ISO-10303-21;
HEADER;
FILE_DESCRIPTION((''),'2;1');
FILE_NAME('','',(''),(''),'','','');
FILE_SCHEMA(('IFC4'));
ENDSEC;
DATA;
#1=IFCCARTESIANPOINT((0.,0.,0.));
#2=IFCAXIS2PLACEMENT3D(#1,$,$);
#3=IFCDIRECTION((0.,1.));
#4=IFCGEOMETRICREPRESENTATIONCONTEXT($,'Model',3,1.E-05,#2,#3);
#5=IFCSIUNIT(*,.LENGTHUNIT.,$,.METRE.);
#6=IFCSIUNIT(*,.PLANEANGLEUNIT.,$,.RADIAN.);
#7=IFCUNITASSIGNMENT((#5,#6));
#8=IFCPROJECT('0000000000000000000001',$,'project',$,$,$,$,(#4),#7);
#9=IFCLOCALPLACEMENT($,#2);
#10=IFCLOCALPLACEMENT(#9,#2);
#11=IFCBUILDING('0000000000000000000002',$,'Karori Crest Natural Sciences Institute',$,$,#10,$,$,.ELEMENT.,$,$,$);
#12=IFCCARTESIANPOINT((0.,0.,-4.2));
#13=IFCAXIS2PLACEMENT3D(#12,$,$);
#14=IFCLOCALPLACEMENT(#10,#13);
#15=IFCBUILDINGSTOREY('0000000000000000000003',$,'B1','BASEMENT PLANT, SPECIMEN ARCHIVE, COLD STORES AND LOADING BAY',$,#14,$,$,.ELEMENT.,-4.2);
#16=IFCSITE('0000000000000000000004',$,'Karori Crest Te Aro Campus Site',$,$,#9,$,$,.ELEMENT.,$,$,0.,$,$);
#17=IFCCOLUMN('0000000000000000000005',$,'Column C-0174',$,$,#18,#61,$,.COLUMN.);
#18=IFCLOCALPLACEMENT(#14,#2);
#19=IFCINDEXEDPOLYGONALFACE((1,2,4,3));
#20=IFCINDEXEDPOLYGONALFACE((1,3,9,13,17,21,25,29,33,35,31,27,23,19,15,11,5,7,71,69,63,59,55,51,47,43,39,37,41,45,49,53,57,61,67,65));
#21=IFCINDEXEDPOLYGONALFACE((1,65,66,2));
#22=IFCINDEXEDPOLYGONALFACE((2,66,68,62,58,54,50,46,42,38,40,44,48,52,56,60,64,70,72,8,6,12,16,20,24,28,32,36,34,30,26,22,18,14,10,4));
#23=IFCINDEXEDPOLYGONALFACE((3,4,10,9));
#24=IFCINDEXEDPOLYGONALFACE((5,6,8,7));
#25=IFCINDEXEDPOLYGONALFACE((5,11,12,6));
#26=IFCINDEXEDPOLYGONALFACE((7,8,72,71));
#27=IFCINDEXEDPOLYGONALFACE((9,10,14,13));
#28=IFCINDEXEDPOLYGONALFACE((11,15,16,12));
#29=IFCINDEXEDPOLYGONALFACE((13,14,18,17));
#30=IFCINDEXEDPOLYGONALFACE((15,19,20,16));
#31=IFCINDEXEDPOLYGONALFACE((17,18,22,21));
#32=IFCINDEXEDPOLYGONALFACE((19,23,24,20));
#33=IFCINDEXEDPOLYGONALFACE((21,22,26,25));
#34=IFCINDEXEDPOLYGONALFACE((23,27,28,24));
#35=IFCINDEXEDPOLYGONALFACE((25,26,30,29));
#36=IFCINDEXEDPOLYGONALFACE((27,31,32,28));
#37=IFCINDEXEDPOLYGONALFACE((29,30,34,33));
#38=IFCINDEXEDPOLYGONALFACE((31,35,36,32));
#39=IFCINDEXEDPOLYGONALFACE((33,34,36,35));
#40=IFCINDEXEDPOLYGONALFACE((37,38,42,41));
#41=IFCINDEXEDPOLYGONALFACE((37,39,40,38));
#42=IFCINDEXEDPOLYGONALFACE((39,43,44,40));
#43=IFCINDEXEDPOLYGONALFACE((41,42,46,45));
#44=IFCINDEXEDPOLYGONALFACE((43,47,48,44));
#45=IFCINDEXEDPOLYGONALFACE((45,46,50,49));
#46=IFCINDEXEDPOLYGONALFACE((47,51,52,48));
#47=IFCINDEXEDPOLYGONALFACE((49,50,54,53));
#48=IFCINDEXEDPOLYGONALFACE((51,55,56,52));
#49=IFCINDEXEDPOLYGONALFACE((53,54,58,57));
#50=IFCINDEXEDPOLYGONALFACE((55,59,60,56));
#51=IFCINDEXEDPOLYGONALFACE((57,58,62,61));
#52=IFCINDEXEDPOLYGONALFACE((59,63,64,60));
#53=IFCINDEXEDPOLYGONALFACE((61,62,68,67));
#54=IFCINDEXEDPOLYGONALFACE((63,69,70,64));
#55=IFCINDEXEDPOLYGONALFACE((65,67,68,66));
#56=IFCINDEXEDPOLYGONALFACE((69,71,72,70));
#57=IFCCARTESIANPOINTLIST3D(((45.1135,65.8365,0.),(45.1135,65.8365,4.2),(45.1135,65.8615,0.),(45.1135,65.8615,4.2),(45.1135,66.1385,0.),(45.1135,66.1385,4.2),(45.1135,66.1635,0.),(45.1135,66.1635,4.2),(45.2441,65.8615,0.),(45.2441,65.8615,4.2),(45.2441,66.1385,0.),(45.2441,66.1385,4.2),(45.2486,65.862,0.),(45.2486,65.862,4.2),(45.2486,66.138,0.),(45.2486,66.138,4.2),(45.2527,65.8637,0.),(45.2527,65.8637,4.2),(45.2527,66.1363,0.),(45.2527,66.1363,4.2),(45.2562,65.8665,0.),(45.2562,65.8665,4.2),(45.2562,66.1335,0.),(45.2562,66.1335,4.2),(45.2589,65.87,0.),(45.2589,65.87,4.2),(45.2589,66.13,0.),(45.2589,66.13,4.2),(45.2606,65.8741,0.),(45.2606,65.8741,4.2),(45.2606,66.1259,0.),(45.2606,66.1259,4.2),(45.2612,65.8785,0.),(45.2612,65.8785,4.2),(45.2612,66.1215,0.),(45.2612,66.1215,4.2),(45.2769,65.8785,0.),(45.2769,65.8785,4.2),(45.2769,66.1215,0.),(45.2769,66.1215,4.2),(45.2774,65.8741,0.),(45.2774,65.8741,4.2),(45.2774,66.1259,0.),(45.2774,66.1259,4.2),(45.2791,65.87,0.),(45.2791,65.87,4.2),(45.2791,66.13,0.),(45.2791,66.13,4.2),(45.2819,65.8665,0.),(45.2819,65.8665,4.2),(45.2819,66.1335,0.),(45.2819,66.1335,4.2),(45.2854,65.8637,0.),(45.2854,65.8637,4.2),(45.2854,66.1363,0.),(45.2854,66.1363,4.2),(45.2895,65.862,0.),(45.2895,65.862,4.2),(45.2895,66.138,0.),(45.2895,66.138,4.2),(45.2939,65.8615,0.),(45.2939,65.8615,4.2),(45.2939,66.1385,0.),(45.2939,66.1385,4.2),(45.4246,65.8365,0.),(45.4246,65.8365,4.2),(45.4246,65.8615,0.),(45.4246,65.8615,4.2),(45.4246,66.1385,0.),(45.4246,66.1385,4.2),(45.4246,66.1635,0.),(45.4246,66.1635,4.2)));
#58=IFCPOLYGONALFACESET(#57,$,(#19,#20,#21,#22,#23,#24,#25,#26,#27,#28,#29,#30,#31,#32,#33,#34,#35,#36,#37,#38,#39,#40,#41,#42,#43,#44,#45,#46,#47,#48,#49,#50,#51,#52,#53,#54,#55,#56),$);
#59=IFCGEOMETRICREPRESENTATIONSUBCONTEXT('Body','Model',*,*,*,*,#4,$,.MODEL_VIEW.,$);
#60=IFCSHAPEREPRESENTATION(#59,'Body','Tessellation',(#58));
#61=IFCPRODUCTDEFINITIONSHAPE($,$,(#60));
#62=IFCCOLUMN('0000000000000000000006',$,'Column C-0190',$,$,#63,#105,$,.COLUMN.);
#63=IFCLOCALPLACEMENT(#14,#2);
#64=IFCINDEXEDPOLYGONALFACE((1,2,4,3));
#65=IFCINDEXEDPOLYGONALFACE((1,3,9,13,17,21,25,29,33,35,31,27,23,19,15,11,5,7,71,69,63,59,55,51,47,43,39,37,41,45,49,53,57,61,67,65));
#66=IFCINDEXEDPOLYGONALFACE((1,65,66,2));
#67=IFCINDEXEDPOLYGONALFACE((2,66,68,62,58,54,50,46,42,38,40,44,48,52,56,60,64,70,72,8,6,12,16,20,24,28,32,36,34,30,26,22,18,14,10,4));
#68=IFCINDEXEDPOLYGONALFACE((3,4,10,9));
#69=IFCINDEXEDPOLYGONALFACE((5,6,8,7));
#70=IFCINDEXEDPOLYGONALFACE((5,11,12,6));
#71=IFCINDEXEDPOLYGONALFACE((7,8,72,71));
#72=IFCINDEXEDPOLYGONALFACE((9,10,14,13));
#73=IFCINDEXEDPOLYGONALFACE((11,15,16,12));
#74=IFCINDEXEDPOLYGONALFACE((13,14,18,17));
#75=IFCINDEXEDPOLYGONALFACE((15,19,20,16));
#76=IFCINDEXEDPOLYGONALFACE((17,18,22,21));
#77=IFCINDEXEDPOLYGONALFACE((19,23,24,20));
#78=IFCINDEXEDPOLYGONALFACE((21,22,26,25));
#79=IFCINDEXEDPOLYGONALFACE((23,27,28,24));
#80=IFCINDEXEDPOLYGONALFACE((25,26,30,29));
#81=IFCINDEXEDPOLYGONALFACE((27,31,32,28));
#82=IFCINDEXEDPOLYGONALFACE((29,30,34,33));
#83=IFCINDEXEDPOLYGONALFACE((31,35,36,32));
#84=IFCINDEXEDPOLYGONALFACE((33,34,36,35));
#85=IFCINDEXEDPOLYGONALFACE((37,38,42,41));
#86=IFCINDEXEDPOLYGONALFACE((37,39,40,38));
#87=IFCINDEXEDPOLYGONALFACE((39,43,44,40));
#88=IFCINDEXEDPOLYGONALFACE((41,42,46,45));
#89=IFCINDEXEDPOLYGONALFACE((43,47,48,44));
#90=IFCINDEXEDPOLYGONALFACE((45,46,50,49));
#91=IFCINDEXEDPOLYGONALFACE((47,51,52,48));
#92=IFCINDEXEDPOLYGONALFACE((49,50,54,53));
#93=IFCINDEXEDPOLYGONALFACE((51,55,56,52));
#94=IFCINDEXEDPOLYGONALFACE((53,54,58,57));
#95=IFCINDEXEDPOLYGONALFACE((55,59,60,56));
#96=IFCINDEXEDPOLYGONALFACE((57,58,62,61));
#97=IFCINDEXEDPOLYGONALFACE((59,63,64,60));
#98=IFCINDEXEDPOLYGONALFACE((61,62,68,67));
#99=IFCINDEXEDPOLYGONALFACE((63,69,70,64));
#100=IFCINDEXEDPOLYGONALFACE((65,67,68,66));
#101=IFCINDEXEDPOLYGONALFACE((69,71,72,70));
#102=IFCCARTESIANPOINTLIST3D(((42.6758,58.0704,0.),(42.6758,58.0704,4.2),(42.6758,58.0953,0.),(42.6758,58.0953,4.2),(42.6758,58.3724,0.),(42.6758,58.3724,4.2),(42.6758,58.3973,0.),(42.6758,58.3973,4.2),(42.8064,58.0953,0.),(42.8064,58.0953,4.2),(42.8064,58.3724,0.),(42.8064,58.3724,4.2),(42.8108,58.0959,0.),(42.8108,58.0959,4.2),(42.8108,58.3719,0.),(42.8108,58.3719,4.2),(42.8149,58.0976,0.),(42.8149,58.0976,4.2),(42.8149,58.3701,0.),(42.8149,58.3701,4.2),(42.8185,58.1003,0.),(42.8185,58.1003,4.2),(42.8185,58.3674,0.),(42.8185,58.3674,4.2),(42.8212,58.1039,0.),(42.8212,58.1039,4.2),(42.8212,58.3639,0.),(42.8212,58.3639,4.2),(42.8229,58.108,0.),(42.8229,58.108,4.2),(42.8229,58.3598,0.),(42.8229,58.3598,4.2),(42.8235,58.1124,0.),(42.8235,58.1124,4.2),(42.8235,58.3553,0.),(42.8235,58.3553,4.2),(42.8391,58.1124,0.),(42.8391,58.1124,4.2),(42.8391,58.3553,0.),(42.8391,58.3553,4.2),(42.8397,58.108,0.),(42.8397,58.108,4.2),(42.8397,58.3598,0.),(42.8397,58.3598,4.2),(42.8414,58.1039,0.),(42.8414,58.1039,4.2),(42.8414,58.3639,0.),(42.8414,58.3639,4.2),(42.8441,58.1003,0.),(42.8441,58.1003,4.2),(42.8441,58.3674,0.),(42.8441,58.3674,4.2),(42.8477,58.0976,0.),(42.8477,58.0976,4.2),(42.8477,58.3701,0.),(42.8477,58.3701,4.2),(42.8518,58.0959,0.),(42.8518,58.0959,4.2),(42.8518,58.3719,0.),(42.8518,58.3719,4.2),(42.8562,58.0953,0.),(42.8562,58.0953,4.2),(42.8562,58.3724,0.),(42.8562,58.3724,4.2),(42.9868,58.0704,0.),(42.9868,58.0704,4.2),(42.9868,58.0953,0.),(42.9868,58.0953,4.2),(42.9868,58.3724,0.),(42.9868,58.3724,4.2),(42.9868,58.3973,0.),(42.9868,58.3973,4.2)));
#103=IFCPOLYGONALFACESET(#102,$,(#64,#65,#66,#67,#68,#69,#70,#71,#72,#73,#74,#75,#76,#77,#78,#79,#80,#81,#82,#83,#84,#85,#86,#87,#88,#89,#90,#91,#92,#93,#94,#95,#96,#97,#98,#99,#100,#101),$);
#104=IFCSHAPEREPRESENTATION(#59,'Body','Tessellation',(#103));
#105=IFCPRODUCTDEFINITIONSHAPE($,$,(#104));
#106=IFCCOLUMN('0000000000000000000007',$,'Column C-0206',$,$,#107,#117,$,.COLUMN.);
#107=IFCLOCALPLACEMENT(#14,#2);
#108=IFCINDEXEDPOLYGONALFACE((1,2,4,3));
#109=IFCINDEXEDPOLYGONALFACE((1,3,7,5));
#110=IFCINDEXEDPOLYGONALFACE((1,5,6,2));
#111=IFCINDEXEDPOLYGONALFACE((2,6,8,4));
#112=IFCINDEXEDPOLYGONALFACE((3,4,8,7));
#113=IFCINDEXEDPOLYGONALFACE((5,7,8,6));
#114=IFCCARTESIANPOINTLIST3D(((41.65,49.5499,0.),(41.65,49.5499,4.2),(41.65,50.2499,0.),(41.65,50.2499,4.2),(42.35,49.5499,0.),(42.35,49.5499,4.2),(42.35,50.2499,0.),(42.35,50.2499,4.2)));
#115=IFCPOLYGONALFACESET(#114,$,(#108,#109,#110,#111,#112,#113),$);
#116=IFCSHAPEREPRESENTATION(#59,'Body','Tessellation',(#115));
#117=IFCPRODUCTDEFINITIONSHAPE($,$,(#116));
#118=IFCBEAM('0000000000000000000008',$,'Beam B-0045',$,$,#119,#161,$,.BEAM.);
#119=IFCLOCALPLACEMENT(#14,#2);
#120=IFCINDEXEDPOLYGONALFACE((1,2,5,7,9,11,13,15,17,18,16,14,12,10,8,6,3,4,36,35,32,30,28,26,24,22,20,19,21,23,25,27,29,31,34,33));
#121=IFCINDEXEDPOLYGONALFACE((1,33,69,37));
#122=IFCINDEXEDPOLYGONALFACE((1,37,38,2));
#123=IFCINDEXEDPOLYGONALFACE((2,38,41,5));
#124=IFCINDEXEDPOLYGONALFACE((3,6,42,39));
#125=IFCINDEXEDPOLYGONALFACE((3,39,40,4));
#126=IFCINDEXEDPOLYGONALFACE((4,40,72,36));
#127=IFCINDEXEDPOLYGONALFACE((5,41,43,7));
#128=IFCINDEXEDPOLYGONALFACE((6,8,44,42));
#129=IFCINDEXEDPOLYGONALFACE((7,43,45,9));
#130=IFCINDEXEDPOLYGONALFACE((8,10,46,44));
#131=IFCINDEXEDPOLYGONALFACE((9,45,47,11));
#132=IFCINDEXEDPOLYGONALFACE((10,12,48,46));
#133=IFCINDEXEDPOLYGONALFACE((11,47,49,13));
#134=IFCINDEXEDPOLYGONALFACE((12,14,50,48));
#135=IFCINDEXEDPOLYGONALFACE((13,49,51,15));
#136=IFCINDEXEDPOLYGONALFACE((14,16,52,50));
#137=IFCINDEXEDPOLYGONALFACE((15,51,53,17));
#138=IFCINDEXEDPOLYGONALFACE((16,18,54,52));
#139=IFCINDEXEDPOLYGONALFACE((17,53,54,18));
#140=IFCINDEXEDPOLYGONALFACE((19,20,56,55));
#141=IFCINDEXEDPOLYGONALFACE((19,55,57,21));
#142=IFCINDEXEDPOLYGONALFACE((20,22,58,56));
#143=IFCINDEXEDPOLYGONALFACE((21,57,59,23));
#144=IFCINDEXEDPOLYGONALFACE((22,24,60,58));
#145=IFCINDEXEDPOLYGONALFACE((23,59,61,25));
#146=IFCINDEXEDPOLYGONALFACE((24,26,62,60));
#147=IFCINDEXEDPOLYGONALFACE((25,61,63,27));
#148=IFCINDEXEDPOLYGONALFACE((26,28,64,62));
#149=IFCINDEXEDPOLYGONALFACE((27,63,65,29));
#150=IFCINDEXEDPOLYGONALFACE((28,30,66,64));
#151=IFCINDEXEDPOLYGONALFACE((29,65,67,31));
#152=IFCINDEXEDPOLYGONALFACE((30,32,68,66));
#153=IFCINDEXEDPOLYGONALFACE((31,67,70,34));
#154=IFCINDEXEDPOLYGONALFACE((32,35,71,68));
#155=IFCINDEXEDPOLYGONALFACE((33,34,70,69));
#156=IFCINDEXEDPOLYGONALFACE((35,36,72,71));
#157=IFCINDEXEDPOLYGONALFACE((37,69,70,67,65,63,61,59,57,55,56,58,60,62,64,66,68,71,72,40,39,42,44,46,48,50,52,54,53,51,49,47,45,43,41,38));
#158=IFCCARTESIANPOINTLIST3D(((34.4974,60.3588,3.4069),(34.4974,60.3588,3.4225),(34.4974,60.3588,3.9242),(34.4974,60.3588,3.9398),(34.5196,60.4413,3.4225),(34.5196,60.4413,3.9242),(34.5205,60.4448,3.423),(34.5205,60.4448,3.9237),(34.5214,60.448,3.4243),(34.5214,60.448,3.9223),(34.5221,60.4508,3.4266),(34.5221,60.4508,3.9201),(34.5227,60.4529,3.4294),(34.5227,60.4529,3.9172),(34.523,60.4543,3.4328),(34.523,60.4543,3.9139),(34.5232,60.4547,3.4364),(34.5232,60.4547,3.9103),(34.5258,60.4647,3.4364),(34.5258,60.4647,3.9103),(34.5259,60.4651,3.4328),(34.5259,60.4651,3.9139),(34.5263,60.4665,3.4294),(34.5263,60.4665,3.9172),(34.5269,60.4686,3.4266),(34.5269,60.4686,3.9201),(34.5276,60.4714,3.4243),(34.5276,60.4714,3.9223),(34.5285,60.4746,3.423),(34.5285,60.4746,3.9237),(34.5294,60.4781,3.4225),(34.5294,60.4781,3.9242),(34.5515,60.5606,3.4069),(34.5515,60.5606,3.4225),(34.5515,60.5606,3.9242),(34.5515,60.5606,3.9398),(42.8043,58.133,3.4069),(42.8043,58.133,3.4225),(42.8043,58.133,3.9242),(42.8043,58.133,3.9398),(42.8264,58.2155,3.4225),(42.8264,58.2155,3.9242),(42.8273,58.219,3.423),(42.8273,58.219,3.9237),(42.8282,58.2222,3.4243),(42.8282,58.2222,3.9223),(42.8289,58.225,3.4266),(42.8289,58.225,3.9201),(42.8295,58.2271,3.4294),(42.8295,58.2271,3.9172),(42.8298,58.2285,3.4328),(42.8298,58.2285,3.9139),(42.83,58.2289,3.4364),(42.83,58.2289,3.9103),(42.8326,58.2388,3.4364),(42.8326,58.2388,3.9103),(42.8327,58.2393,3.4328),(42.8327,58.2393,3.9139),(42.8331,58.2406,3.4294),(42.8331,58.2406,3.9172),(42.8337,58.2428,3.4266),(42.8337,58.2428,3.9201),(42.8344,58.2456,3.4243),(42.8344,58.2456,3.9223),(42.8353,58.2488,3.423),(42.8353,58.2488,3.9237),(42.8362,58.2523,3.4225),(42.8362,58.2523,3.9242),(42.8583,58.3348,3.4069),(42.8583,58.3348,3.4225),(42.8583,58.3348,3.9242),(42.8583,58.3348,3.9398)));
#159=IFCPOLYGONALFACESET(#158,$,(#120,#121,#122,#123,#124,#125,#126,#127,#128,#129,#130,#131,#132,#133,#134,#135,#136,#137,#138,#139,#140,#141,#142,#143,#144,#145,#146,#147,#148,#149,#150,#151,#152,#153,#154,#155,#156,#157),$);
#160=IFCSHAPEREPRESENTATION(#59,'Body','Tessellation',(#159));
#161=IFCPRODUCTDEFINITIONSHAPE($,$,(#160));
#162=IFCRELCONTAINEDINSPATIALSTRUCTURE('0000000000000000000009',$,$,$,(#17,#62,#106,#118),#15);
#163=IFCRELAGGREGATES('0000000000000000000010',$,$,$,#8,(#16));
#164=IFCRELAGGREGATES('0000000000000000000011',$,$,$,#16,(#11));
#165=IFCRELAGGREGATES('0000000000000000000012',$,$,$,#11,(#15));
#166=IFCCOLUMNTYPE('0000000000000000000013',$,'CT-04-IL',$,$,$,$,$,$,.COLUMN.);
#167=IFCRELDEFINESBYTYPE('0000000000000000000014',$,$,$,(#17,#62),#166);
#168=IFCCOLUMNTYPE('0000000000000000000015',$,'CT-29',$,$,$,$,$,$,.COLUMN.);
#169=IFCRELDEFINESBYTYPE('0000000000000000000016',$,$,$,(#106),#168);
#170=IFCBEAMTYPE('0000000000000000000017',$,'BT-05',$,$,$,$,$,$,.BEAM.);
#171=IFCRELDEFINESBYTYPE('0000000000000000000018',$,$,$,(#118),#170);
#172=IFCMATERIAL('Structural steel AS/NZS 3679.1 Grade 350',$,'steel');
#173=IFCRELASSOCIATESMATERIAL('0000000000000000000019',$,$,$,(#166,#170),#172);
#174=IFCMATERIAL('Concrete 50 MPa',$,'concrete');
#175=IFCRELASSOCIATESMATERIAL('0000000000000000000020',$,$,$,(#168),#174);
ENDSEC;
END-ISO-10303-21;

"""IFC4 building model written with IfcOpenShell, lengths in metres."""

from ifc_helpers import new_model, si_unit, direction, frame, origin, origin_2d, place, context, subcontext, project, spatial, rectangle, i_section, extrude, material, material_profile, profile_set, type_object, element, save


model = new_model("IFC4")

# Units and contexts
model_context = context("Model", 3, precision=1e-05, world=origin(), true_north=direction((0.0, 1.0)))
body_context = subcontext(model_context, "Body", "Model", "MODEL_VIEW")
ifc_project = project(units=[si_unit("LENGTHUNIT", "METRE"), si_unit("PLANEANGLEUNIT", "RADIAN")], contexts=[model_context])

# Site, building, storey
site_placement = place(None, origin())
site = spatial("IfcSite", under=ifc_project, at=site_placement, Name="Karori Crest Te Aro Campus Site", CompositionType="ELEMENT", RefElevation=0.0)
building_placement = place(site_placement, origin())
building = spatial("IfcBuilding", under=site, at=building_placement, Name="Karori Crest Natural Sciences Institute", CompositionType="ELEMENT")
storey_placement = place(building_placement, frame((0.0, 0.0, -4.2)))
storey = spatial("IfcBuildingStorey", under=building, at=storey_placement, Name="B1", Description="BASEMENT PLANT, SPECIMEN ARCHIVE, COLD STORES AND LOADING BAY", CompositionType="ELEMENT", Elevation=-4.2)

# Columns
ifc_material_1 = material(Name="Structural steel AS/NZS 3679.1 Grade 350", Category="steel")
ifc_material_profile_1 = material_profile(ifc_material_1, i_section(OverallWidth=0.311, OverallDepth=0.3269, WebThickness=0.0156, FlangeThickness=0.0249, FilletRadius=0.0171, at=origin_2d()), Name="310UC158")
ifc_profile_set_1 = profile_set([ifc_material_profile_1], Name="Structural steel AS/NZS 3679.1 Grade 350")
column_type_1 = type_object("IfcColumnType", Name="CT-04-IL", PredefinedType="COLUMN", material=ifc_profile_set_1)
for number, where, z_axis, x_axis, name in (
    (1, (45.269, 66.0, 0.0), (0.0, 0.0, 1.0), (1.0, 0.0, 0.0), "Column C-0174"),
    (2, (42.8313, 58.2339, 0.0), (0.0, 0.0, 1.0), (1.0, 0.0, 0.0), "Column C-0190"),
):
    element("IfcColumn", number, at=place(storey_placement, frame(where, z_axis=z_axis, x_axis=x_axis)), inside=storey, type_object=column_type_1, Name=name, PredefinedType="COLUMN", context=body_context, shape_type="SweptSolid", body=[
        extrude(i_section(OverallWidth=0.311, OverallDepth=0.3269, WebThickness=0.0156, FlangeThickness=0.0249, FilletRadius=0.0171, at=origin_2d()), origin(), (0.0, 0.0, 1.0), 4.2),
    ])
ifc_material_2 = material(Name="Concrete 50 MPa", Category="concrete")
ifc_material_profile_2 = material_profile(ifc_material_2, rectangle(XDim=0.7, YDim=0.7, at=origin_2d()), Name="RC700x700")
ifc_profile_set_2 = profile_set([ifc_material_profile_2], Name="Concrete 50 MPa")
column_type_2 = type_object("IfcColumnType", Name="CT-29", PredefinedType="COLUMN", material=ifc_profile_set_2)
column_placement = place(storey_placement, frame((42.0, 49.8999, 0.0), z_axis=(0.0, 0.0, 1.0), x_axis=(1.0, 0.0, 0.0)))
element("IfcColumn", 3, at=column_placement, inside=storey, type_object=column_type_2, Name="Column C-0206", PredefinedType="COLUMN", context=body_context, shape_type="SweptSolid", body=[
    extrude(rectangle(XDim=0.7, YDim=0.7, at=origin_2d()), origin(), (0.0, 0.0, 1.0), 4.2),
])

# Beam
ifc_material_profile_3 = material_profile(ifc_material_1, i_section(OverallWidth=0.209, OverallDepth=0.533, WebThickness=0.0103, FlangeThickness=0.0156, FilletRadius=0.0139, at=origin_2d()), Name="530UB92.4")
ifc_profile_set_3 = profile_set([ifc_material_profile_3], Name="Structural steel AS/NZS 3679.1 Grade 350")
beam_type_1 = type_object("IfcBeamType", Name="BT-05", PredefinedType="BEAM", material=ifc_profile_set_3)
beam_1_placement = place(storey_placement, frame((42.8313, 58.2339, 3.6733), z_axis=(-0.965926, 0.25882, 0.0), x_axis=(-0.25882, -0.965926, 0.0)))
element("IfcBeam", 4, at=beam_1_placement, inside=storey, type_object=beam_type_1, Name="Beam B-0045", PredefinedType="BEAM", context=body_context, shape_type="SweptSolid", body=[
    extrude(i_section(OverallWidth=0.209, OverallDepth=0.533, WebThickness=0.0103, FlangeThickness=0.0156, FilletRadius=0.0139, at=origin_2d()), origin(), (0.0, 0.0, 1.0), 8.5999),
])

save(model, "model.ifc")
